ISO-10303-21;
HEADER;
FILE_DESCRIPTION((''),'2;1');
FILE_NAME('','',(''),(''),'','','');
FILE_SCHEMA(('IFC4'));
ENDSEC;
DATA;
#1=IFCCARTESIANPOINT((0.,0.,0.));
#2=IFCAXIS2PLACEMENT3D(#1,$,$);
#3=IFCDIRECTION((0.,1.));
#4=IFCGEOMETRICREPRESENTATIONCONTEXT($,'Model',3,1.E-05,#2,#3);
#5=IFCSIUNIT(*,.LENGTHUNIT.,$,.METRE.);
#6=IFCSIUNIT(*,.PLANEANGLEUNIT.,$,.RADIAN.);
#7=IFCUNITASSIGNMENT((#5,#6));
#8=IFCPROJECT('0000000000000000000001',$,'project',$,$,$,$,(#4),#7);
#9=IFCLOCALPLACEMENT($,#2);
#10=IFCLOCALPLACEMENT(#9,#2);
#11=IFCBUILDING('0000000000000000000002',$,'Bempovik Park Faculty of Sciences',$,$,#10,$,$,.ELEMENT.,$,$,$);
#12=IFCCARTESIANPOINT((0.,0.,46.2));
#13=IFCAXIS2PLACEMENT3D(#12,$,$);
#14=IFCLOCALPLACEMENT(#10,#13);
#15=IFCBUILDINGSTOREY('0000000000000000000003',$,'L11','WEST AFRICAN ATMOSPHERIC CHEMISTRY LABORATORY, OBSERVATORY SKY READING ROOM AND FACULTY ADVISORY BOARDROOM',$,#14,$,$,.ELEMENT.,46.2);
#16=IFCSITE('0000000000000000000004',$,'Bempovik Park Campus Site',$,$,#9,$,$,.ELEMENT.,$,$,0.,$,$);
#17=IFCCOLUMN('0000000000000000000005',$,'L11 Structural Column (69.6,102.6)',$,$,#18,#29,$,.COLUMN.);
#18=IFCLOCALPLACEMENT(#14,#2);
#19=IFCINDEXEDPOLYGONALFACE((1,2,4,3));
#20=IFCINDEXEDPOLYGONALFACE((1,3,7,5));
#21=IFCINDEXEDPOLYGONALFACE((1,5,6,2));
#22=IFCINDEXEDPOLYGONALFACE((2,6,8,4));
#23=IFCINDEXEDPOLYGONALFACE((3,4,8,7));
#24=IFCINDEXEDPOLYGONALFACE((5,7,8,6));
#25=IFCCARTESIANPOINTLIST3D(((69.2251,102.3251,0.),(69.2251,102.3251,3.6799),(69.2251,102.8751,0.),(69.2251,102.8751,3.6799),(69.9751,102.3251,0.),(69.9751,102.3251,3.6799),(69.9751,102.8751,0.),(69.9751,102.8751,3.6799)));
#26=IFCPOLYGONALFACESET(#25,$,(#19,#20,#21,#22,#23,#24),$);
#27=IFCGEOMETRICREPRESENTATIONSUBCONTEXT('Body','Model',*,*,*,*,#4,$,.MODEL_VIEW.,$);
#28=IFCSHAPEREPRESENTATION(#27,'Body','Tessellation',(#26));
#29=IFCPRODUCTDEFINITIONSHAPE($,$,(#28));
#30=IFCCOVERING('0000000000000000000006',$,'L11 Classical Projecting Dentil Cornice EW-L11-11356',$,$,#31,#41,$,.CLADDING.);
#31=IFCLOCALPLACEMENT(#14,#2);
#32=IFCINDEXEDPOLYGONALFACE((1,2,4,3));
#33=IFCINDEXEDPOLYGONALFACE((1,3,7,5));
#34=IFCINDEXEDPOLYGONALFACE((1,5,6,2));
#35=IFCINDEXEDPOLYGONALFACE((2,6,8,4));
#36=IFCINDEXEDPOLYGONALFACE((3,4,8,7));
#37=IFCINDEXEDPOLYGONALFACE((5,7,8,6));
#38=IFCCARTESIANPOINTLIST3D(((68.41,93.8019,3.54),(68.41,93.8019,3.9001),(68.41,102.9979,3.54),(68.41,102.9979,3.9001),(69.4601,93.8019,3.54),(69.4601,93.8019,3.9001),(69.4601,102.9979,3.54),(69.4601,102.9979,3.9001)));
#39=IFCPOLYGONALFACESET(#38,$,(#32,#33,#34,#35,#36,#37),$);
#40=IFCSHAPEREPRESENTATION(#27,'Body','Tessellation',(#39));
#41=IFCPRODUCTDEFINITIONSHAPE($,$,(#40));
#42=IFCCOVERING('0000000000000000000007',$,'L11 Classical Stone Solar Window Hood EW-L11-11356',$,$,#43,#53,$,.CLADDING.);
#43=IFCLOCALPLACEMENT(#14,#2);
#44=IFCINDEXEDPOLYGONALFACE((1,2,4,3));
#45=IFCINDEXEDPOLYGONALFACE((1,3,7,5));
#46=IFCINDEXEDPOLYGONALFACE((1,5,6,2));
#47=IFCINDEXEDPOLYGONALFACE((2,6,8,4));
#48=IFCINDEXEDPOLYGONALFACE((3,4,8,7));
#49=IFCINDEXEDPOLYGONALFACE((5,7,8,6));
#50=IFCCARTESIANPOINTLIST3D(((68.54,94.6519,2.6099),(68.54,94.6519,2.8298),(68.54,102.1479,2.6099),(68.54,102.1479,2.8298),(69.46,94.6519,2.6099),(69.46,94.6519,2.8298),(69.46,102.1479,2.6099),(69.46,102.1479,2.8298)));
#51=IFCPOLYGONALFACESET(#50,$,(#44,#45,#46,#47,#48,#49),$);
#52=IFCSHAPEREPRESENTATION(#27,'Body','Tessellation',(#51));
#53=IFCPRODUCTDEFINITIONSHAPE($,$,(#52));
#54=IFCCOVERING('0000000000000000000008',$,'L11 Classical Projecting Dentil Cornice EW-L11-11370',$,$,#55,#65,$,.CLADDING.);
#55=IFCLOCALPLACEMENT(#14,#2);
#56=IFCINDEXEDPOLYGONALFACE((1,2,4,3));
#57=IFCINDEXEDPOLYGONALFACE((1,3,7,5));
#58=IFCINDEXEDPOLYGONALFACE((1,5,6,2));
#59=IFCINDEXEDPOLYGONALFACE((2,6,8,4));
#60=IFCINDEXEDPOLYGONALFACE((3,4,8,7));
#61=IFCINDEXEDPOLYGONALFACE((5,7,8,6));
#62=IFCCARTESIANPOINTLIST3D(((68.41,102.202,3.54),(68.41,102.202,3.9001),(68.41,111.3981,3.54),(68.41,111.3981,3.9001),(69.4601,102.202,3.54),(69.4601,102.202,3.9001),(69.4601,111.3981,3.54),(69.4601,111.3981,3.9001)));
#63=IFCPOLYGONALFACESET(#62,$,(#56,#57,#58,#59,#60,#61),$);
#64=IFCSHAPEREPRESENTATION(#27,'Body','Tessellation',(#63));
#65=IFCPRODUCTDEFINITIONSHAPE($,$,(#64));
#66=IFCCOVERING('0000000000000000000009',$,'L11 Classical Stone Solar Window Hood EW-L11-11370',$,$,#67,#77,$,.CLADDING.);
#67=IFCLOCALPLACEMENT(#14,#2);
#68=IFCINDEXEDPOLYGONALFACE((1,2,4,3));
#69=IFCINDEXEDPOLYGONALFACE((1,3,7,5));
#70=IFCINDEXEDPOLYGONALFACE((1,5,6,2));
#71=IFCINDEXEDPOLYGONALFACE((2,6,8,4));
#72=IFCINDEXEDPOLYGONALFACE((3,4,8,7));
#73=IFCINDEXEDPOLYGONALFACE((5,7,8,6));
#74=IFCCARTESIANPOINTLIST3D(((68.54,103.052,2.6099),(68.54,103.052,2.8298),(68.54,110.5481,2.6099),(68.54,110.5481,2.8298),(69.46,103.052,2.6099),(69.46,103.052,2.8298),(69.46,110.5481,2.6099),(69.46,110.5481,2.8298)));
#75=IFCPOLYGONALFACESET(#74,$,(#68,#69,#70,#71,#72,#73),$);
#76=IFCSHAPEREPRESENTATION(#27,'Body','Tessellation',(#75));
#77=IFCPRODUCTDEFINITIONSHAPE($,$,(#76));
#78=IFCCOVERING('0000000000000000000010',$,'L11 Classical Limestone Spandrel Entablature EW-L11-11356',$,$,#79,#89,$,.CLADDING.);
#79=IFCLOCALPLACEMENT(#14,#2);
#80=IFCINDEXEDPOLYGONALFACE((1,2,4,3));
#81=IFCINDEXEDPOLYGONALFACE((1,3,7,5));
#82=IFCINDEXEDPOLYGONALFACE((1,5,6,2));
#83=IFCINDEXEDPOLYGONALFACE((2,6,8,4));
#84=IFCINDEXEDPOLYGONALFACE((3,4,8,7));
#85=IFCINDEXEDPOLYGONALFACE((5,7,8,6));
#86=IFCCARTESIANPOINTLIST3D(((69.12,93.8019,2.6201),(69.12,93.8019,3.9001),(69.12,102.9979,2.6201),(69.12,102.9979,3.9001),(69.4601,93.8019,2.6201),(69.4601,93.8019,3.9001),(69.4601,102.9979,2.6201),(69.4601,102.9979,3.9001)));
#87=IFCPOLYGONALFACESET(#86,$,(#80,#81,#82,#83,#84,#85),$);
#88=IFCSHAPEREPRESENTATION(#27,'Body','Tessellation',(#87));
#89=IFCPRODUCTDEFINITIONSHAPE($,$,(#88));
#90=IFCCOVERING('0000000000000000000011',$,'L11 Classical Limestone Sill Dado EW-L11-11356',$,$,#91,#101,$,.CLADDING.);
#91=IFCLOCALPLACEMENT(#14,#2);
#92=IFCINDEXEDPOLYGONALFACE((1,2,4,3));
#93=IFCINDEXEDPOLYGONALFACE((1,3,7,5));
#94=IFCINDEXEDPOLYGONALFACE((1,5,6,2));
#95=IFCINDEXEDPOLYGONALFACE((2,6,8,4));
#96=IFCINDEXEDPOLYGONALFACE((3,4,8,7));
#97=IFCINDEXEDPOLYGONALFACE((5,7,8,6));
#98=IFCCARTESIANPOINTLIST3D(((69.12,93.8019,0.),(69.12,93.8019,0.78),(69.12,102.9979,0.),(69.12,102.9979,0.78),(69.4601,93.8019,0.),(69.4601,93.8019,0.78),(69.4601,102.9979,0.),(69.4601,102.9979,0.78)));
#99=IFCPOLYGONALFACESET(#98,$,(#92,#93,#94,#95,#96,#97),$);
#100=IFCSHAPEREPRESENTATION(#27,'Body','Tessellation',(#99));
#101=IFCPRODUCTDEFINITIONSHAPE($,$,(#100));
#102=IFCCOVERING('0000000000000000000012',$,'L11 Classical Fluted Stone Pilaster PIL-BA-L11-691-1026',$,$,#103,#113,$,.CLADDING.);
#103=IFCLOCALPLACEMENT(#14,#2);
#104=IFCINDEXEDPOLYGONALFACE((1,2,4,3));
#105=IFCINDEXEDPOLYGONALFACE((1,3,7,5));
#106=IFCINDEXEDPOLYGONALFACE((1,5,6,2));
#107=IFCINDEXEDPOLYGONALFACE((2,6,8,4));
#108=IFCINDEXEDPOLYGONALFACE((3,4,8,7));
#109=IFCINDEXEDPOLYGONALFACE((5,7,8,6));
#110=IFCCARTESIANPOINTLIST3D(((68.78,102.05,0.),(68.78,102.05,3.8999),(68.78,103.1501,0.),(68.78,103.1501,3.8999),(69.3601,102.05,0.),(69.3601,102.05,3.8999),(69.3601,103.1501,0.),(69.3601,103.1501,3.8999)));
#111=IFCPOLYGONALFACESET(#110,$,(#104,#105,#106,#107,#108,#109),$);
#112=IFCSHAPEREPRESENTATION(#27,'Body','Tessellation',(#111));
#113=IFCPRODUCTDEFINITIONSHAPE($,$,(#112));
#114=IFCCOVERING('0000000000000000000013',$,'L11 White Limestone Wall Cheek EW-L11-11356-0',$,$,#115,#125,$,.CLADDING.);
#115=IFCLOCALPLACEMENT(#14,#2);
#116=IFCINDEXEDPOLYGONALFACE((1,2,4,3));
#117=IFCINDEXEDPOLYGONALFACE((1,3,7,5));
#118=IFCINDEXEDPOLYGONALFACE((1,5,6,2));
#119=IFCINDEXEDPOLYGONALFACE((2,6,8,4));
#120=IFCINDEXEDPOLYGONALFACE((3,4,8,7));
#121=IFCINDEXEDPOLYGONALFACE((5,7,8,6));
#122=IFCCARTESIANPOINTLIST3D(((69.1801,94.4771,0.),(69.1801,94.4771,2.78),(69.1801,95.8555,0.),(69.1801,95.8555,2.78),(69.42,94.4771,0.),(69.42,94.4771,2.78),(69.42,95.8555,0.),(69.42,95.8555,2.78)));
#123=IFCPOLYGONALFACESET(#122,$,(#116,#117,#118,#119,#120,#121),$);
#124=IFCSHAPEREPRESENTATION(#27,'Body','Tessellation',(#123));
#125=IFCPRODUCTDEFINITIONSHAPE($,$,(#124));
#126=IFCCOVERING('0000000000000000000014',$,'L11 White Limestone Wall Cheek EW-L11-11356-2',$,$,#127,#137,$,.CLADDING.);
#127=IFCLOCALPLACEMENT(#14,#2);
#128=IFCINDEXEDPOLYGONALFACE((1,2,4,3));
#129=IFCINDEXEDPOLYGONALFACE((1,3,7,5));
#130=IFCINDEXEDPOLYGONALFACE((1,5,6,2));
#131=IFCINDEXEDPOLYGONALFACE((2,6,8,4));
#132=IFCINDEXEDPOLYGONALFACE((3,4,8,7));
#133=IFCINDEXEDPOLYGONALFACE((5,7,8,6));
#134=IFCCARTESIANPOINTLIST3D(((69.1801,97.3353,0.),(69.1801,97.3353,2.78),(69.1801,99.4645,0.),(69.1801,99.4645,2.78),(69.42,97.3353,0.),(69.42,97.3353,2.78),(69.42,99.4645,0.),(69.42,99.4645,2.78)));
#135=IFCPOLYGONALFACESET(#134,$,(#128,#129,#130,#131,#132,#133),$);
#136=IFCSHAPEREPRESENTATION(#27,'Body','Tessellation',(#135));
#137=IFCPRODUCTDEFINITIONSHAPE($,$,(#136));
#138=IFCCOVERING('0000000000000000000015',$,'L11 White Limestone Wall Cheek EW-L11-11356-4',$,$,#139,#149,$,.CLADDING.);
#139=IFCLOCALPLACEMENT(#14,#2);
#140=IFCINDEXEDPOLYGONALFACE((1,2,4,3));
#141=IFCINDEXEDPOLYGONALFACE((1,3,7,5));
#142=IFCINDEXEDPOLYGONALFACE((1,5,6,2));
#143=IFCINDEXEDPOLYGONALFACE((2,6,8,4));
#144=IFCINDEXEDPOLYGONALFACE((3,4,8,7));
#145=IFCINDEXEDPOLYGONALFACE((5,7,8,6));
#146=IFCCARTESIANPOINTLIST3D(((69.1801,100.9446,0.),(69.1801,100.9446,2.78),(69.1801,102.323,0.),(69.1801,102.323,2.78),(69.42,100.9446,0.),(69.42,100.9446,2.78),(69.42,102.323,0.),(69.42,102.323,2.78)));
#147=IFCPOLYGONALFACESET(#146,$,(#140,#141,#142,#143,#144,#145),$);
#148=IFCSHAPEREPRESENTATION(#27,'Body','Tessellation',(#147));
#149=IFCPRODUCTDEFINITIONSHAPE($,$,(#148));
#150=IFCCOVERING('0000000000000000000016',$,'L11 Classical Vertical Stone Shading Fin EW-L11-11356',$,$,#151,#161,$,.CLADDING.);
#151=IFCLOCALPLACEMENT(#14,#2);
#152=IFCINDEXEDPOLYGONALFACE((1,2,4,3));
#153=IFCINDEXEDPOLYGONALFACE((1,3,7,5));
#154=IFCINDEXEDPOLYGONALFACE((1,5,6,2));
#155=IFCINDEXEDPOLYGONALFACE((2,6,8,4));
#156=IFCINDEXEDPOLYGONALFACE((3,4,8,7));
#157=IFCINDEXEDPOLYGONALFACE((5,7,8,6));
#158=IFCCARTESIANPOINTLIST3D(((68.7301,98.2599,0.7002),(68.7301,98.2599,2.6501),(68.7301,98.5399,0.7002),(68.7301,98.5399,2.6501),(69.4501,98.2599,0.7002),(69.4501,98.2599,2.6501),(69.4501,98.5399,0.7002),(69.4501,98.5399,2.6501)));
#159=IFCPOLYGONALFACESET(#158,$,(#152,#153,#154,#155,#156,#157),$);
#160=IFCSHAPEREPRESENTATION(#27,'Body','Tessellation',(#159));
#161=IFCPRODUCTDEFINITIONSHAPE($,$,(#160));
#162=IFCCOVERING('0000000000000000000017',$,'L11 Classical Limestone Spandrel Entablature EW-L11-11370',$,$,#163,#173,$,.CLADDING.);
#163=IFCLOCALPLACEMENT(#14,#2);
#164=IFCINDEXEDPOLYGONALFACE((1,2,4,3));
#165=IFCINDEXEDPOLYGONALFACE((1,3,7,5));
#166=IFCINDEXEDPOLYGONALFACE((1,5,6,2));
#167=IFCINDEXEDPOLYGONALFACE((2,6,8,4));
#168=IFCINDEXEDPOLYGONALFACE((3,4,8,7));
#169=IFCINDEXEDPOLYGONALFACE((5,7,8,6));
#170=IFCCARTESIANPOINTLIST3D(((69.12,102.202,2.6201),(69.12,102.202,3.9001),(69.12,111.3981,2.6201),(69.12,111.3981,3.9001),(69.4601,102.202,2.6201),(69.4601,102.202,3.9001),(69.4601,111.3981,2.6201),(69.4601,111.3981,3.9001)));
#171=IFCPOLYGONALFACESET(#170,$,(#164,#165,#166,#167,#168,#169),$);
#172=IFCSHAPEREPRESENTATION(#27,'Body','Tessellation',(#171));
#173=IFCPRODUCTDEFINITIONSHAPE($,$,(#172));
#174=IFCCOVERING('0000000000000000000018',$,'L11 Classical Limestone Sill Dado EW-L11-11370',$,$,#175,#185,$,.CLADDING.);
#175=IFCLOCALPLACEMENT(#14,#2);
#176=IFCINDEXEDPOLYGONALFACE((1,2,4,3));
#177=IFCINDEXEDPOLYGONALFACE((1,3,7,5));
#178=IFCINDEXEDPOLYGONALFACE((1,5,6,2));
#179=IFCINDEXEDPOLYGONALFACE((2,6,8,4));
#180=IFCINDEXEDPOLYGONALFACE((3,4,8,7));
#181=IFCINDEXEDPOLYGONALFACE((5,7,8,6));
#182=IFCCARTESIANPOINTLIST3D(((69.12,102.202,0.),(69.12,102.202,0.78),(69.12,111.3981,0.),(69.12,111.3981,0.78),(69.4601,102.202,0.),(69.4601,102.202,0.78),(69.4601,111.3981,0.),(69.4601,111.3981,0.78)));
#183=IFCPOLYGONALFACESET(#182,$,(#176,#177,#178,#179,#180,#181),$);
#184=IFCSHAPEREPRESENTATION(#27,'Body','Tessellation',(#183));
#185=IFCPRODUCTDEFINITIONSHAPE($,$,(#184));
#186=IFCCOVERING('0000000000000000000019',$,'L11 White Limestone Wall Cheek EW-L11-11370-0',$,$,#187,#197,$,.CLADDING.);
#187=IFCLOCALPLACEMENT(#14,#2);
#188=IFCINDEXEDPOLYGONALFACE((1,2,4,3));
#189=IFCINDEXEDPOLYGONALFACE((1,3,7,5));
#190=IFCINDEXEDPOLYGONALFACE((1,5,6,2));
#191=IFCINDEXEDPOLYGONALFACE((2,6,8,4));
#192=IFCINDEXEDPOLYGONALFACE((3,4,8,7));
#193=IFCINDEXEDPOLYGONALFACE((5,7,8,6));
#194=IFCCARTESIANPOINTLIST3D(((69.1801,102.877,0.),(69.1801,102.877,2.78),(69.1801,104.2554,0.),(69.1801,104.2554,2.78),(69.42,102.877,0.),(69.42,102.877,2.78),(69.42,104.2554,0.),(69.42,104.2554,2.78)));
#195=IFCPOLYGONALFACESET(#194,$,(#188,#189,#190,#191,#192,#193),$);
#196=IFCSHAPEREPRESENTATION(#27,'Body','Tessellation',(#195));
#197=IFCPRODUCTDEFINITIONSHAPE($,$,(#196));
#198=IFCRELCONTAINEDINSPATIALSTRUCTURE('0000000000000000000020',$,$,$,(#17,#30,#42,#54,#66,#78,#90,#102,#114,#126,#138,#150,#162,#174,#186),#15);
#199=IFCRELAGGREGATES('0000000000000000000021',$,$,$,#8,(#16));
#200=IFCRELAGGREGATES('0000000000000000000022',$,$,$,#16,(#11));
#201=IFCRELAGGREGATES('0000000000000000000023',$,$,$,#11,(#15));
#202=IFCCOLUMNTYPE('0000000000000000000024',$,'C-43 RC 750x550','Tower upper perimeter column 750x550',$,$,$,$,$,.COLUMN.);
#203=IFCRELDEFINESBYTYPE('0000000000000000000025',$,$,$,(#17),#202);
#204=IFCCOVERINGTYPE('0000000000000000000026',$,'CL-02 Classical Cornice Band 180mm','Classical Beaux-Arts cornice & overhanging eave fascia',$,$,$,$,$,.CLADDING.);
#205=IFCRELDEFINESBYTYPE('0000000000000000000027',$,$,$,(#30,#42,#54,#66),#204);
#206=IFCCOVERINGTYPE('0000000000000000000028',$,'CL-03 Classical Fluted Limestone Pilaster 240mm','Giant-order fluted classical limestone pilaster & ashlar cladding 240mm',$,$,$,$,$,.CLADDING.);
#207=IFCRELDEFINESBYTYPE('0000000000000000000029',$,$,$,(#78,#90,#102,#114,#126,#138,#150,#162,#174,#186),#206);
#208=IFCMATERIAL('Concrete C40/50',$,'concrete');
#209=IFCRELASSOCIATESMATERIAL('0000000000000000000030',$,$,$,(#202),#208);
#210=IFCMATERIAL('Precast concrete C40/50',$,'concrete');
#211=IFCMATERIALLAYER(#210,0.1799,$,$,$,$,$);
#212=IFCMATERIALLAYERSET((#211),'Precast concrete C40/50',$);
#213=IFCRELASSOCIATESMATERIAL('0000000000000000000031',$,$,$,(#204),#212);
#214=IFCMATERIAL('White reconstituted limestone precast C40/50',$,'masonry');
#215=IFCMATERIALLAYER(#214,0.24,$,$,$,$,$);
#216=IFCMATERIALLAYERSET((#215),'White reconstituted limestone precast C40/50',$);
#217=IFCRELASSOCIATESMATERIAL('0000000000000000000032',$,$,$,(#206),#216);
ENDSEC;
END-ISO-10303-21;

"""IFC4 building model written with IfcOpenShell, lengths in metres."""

from ifc_helpers import new_model, si_unit, direction, frame, origin, origin_2d, place, context, subcontext, project, spatial, rectangle, extrude, material, layer, layer_set, material_profile, profile_set, type_object, element, save


model = new_model("IFC4")

# Units and contexts
model_context = context("Model", 3, precision=1e-05, world=origin(), true_north=direction((0.0, 1.0)))
body_context = subcontext(model_context, "Body", "Model", "MODEL_VIEW")
ifc_project = project(units=[si_unit("LENGTHUNIT", "METRE"), si_unit("PLANEANGLEUNIT", "RADIAN")], contexts=[model_context])

# Site, building, storey
site_placement = place(None, origin())
site = spatial("IfcSite", under=ifc_project, at=site_placement, Name="Bempovik Park Campus Site", CompositionType="ELEMENT", RefElevation=0.0)
building_placement = place(site_placement, origin())
building = spatial("IfcBuilding", under=site, at=building_placement, Name="Bempovik Park Faculty of Sciences", CompositionType="ELEMENT")
storey_placement = place(building_placement, frame((0.0, 0.0, 46.2)))
storey = spatial("IfcBuildingStorey", under=building, at=storey_placement, Name="L11", Description="WEST AFRICAN ATMOSPHERIC CHEMISTRY LABORATORY, OBSERVATORY SKY READING ROOM AND FACULTY ADVISORY BOARDROOM", CompositionType="ELEMENT", Elevation=46.2)

# Column
ifc_material_1 = material(Name="Concrete C40/50", Category="concrete")
ifc_material_profile = material_profile(ifc_material_1, rectangle(XDim=0.75, YDim=0.55, at=origin_2d()), Name="RC 750x550")
ifc_profile_set = profile_set([ifc_material_profile], Name="Concrete C40/50")
column_type = type_object("IfcColumnType", Name="C-43 RC 750x550", Description="Tower upper perimeter column 750x550", PredefinedType="COLUMN", material=ifc_profile_set)
column_placement = place(storey_placement, frame((69.6001, 102.6001, 0.0), z_axis=(0.0, 0.0, 1.0), x_axis=(1.0, 0.0, 0.0)))
element("IfcColumn", 1, at=column_placement, inside=storey, type_object=column_type, Name="L11 Structural Column (69.6,102.6)", PredefinedType="COLUMN", context=body_context, shape_type="SweptSolid", body=[
    extrude(rectangle(XDim=0.75, YDim=0.55, at=origin_2d()), origin(), (0.0, 0.0, 1.0), 3.6799),
])

# Coverings
ifc_material_2 = material(Name="Precast concrete C40/50", Category="concrete")
ifc_layer_1 = layer(ifc_material_2, 0.1799)
ifc_layer_set_1 = layer_set([ifc_layer_1], Name="Precast concrete C40/50")
covering_type_1 = type_object("IfcCoveringType", Name="CL-02 Classical Cornice Band 180mm", Description="Classical Beaux-Arts cornice & overhanging eave fascia", PredefinedType="CLADDING", material=ifc_layer_set_1)
covering_1_placement = place(storey_placement, frame((68.9351, 98.3999, 3.54), z_axis=(0.0, 0.0, 1.0), x_axis=(1.0, 0.0, 0.0)))
element("IfcCovering", 2, at=covering_1_placement, inside=storey, type_object=covering_type_1, Name="L11 Classical Projecting Dentil Cornice EW-L11-11356", PredefinedType="CLADDING", context=body_context, shape_type="SweptSolid", body=[
    extrude(rectangle(XDim=1.05, YDim=9.196, at=origin_2d()), origin(), (0.0, 0.0, 1.0), 0.3601),
])
covering_2_placement = place(storey_placement, frame((69.0, 98.3999, 2.6099), z_axis=(0.0, 0.0, 1.0), x_axis=(1.0, 0.0, 0.0)))
element("IfcCovering", 3, at=covering_2_placement, inside=storey, type_object=covering_type_1, Name="L11 Classical Stone Solar Window Hood EW-L11-11356", PredefinedType="CLADDING", context=body_context, shape_type="SweptSolid", body=[
    extrude(rectangle(XDim=0.9199, YDim=7.4961, at=origin_2d()), origin(), (0.0, 0.0, 1.0), 0.22),
])
covering_3_placement = place(storey_placement, frame((68.9351, 106.8, 3.54), z_axis=(0.0, 0.0, 1.0), x_axis=(1.0, 0.0, 0.0)))
element("IfcCovering", 4, at=covering_3_placement, inside=storey, type_object=covering_type_1, Name="L11 Classical Projecting Dentil Cornice EW-L11-11370", PredefinedType="CLADDING", context=body_context, shape_type="SweptSolid", body=[
    extrude(rectangle(XDim=1.05, YDim=9.196, at=origin_2d()), origin(), (0.0, 0.0, 1.0), 0.3601),
])
covering_4_placement = place(storey_placement, frame((69.0, 106.8, 2.6099), z_axis=(0.0, 0.0, 1.0), x_axis=(1.0, 0.0, 0.0)))
element("IfcCovering", 5, at=covering_4_placement, inside=storey, type_object=covering_type_1, Name="L11 Classical Stone Solar Window Hood EW-L11-11370", PredefinedType="CLADDING", context=body_context, shape_type="SweptSolid", body=[
    extrude(rectangle(XDim=0.9199, YDim=7.4961, at=origin_2d()), origin(), (0.0, 0.0, 1.0), 0.22),
])
ifc_material_3 = material(Name="White reconstituted limestone precast C40/50", Category="masonry")
ifc_layer_2 = layer(ifc_material_3, 0.24)
ifc_layer_set_2 = layer_set([ifc_layer_2], Name="White reconstituted limestone precast C40/50")
covering_type_2 = type_object("IfcCoveringType", Name="CL-03 Classical Fluted Limestone Pilaster 240mm", Description="Giant-order fluted classical limestone pilaster & ashlar cladding 240mm", PredefinedType="CLADDING", material=ifc_layer_set_2)
covering_5_placement = place(storey_placement, frame((69.29, 98.3999, 2.6201), z_axis=(0.0, 0.0, 1.0), x_axis=(1.0, 0.0, 0.0)))
element("IfcCovering", 6, at=covering_5_placement, inside=storey, type_object=covering_type_2, Name="L11 Classical Limestone Spandrel Entablature EW-L11-11356", PredefinedType="CLADDING", context=body_context, shape_type="SweptSolid", body=[
    extrude(rectangle(XDim=0.3401, YDim=9.196, at=origin_2d()), origin(), (0.0, 0.0, 1.0), 1.28),
])
covering_6_placement = place(storey_placement, frame((69.29, 98.3999, 0.0), z_axis=(0.0, 0.0, 1.0), x_axis=(1.0, 0.0, 0.0)))
element("IfcCovering", 7, at=covering_6_placement, inside=storey, type_object=covering_type_2, Name="L11 Classical Limestone Sill Dado EW-L11-11356", PredefinedType="CLADDING", context=body_context, shape_type="SweptSolid", body=[
    extrude(rectangle(XDim=0.3401, YDim=9.196, at=origin_2d()), origin(), (0.0, 0.0, 1.0), 0.78),
])
covering_7_placement = place(storey_placement, frame((69.0701, 102.6001, 0.0), z_axis=(0.0, 0.0, 1.0), x_axis=(1.0, 0.0, 0.0)))
element("IfcCovering", 8, at=covering_7_placement, inside=storey, type_object=covering_type_2, Name="L11 Classical Fluted Stone Pilaster PIL-BA-L11-691-1026", PredefinedType="CLADDING", context=body_context, shape_type="SweptSolid", body=[
    extrude(rectangle(XDim=0.5801, YDim=1.1001, at=origin_2d()), origin(), (0.0, 0.0, 1.0), 3.8999),
])
covering_8_placement = place(storey_placement, frame((69.3, 95.1663, 0.0), z_axis=(0.0, 0.0, 1.0), x_axis=(1.0, 0.0, 0.0)))
element("IfcCovering", 9, at=covering_8_placement, inside=storey, type_object=covering_type_2, Name="L11 White Limestone Wall Cheek EW-L11-11356-0", PredefinedType="CLADDING", context=body_context, shape_type="SweptSolid", body=[
    extrude(rectangle(XDim=0.24, YDim=1.3784, at=origin_2d()), origin(), (0.0, 0.0, 1.0), 2.78),
])
covering_9_placement = place(storey_placement, frame((69.3, 98.3999, 0.0), z_axis=(0.0, 0.0, 1.0), x_axis=(1.0, 0.0, 0.0)))
element("IfcCovering", 10, at=covering_9_placement, inside=storey, type_object=covering_type_2, Name="L11 White Limestone Wall Cheek EW-L11-11356-2", PredefinedType="CLADDING", context=body_context, shape_type="SweptSolid", body=[
    extrude(rectangle(XDim=0.24, YDim=2.1292, at=origin_2d()), origin(), (0.0, 0.0, 1.0), 2.78),
])
covering_10_placement = place(storey_placement, frame((69.3, 101.6338, 0.0), z_axis=(0.0, 0.0, 1.0), x_axis=(1.0, 0.0, 0.0)))
element("IfcCovering", 11, at=covering_10_placement, inside=storey, type_object=covering_type_2, Name="L11 White Limestone Wall Cheek EW-L11-11356-4", PredefinedType="CLADDING", context=body_context, shape_type="SweptSolid", body=[
    extrude(rectangle(XDim=0.24, YDim=1.3784, at=origin_2d()), origin(), (0.0, 0.0, 1.0), 2.78),
])
covering_11_placement = place(storey_placement, frame((69.0901, 98.3999, 0.7002), z_axis=(0.0, 0.0, 1.0), x_axis=(1.0, 0.0, 0.0)))
element("IfcCovering", 12, at=covering_11_placement, inside=storey, type_object=covering_type_2, Name="L11 Classical Vertical Stone Shading Fin EW-L11-11356", PredefinedType="CLADDING", context=body_context, shape_type="SweptSolid", body=[
    extrude(rectangle(XDim=0.72, YDim=0.28, at=origin_2d()), origin(), (0.0, 0.0, 1.0), 1.95),
])
covering_12_placement = place(storey_placement, frame((69.29, 106.8, 2.6201), z_axis=(0.0, 0.0, 1.0), x_axis=(1.0, 0.0, 0.0)))
element("IfcCovering", 13, at=covering_12_placement, inside=storey, type_object=covering_type_2, Name="L11 Classical Limestone Spandrel Entablature EW-L11-11370", PredefinedType="CLADDING", context=body_context, shape_type="SweptSolid", body=[
    extrude(rectangle(XDim=0.3401, YDim=9.196, at=origin_2d()), origin(), (0.0, 0.0, 1.0), 1.28),
])
covering_13_placement = place(storey_placement, frame((69.29, 106.8, 0.0), z_axis=(0.0, 0.0, 1.0), x_axis=(1.0, 0.0, 0.0)))
element("IfcCovering", 14, at=covering_13_placement, inside=storey, type_object=covering_type_2, Name="L11 Classical Limestone Sill Dado EW-L11-11370", PredefinedType="CLADDING", context=body_context, shape_type="SweptSolid", body=[
    extrude(rectangle(XDim=0.3401, YDim=9.196, at=origin_2d()), origin(), (0.0, 0.0, 1.0), 0.78),
])
covering_14_placement = place(storey_placement, frame((69.3, 103.5662, 0.0), z_axis=(0.0, 0.0, 1.0), x_axis=(1.0, 0.0, 0.0)))
element("IfcCovering", 15, at=covering_14_placement, inside=storey, type_object=covering_type_2, Name="L11 White Limestone Wall Cheek EW-L11-11370-0", PredefinedType="CLADDING", context=body_context, shape_type="SweptSolid", body=[
    extrude(rectangle(XDim=0.24, YDim=1.3784, at=origin_2d()), origin(), (0.0, 0.0, 1.0), 2.78),
])

save(model, "model.ifc")
